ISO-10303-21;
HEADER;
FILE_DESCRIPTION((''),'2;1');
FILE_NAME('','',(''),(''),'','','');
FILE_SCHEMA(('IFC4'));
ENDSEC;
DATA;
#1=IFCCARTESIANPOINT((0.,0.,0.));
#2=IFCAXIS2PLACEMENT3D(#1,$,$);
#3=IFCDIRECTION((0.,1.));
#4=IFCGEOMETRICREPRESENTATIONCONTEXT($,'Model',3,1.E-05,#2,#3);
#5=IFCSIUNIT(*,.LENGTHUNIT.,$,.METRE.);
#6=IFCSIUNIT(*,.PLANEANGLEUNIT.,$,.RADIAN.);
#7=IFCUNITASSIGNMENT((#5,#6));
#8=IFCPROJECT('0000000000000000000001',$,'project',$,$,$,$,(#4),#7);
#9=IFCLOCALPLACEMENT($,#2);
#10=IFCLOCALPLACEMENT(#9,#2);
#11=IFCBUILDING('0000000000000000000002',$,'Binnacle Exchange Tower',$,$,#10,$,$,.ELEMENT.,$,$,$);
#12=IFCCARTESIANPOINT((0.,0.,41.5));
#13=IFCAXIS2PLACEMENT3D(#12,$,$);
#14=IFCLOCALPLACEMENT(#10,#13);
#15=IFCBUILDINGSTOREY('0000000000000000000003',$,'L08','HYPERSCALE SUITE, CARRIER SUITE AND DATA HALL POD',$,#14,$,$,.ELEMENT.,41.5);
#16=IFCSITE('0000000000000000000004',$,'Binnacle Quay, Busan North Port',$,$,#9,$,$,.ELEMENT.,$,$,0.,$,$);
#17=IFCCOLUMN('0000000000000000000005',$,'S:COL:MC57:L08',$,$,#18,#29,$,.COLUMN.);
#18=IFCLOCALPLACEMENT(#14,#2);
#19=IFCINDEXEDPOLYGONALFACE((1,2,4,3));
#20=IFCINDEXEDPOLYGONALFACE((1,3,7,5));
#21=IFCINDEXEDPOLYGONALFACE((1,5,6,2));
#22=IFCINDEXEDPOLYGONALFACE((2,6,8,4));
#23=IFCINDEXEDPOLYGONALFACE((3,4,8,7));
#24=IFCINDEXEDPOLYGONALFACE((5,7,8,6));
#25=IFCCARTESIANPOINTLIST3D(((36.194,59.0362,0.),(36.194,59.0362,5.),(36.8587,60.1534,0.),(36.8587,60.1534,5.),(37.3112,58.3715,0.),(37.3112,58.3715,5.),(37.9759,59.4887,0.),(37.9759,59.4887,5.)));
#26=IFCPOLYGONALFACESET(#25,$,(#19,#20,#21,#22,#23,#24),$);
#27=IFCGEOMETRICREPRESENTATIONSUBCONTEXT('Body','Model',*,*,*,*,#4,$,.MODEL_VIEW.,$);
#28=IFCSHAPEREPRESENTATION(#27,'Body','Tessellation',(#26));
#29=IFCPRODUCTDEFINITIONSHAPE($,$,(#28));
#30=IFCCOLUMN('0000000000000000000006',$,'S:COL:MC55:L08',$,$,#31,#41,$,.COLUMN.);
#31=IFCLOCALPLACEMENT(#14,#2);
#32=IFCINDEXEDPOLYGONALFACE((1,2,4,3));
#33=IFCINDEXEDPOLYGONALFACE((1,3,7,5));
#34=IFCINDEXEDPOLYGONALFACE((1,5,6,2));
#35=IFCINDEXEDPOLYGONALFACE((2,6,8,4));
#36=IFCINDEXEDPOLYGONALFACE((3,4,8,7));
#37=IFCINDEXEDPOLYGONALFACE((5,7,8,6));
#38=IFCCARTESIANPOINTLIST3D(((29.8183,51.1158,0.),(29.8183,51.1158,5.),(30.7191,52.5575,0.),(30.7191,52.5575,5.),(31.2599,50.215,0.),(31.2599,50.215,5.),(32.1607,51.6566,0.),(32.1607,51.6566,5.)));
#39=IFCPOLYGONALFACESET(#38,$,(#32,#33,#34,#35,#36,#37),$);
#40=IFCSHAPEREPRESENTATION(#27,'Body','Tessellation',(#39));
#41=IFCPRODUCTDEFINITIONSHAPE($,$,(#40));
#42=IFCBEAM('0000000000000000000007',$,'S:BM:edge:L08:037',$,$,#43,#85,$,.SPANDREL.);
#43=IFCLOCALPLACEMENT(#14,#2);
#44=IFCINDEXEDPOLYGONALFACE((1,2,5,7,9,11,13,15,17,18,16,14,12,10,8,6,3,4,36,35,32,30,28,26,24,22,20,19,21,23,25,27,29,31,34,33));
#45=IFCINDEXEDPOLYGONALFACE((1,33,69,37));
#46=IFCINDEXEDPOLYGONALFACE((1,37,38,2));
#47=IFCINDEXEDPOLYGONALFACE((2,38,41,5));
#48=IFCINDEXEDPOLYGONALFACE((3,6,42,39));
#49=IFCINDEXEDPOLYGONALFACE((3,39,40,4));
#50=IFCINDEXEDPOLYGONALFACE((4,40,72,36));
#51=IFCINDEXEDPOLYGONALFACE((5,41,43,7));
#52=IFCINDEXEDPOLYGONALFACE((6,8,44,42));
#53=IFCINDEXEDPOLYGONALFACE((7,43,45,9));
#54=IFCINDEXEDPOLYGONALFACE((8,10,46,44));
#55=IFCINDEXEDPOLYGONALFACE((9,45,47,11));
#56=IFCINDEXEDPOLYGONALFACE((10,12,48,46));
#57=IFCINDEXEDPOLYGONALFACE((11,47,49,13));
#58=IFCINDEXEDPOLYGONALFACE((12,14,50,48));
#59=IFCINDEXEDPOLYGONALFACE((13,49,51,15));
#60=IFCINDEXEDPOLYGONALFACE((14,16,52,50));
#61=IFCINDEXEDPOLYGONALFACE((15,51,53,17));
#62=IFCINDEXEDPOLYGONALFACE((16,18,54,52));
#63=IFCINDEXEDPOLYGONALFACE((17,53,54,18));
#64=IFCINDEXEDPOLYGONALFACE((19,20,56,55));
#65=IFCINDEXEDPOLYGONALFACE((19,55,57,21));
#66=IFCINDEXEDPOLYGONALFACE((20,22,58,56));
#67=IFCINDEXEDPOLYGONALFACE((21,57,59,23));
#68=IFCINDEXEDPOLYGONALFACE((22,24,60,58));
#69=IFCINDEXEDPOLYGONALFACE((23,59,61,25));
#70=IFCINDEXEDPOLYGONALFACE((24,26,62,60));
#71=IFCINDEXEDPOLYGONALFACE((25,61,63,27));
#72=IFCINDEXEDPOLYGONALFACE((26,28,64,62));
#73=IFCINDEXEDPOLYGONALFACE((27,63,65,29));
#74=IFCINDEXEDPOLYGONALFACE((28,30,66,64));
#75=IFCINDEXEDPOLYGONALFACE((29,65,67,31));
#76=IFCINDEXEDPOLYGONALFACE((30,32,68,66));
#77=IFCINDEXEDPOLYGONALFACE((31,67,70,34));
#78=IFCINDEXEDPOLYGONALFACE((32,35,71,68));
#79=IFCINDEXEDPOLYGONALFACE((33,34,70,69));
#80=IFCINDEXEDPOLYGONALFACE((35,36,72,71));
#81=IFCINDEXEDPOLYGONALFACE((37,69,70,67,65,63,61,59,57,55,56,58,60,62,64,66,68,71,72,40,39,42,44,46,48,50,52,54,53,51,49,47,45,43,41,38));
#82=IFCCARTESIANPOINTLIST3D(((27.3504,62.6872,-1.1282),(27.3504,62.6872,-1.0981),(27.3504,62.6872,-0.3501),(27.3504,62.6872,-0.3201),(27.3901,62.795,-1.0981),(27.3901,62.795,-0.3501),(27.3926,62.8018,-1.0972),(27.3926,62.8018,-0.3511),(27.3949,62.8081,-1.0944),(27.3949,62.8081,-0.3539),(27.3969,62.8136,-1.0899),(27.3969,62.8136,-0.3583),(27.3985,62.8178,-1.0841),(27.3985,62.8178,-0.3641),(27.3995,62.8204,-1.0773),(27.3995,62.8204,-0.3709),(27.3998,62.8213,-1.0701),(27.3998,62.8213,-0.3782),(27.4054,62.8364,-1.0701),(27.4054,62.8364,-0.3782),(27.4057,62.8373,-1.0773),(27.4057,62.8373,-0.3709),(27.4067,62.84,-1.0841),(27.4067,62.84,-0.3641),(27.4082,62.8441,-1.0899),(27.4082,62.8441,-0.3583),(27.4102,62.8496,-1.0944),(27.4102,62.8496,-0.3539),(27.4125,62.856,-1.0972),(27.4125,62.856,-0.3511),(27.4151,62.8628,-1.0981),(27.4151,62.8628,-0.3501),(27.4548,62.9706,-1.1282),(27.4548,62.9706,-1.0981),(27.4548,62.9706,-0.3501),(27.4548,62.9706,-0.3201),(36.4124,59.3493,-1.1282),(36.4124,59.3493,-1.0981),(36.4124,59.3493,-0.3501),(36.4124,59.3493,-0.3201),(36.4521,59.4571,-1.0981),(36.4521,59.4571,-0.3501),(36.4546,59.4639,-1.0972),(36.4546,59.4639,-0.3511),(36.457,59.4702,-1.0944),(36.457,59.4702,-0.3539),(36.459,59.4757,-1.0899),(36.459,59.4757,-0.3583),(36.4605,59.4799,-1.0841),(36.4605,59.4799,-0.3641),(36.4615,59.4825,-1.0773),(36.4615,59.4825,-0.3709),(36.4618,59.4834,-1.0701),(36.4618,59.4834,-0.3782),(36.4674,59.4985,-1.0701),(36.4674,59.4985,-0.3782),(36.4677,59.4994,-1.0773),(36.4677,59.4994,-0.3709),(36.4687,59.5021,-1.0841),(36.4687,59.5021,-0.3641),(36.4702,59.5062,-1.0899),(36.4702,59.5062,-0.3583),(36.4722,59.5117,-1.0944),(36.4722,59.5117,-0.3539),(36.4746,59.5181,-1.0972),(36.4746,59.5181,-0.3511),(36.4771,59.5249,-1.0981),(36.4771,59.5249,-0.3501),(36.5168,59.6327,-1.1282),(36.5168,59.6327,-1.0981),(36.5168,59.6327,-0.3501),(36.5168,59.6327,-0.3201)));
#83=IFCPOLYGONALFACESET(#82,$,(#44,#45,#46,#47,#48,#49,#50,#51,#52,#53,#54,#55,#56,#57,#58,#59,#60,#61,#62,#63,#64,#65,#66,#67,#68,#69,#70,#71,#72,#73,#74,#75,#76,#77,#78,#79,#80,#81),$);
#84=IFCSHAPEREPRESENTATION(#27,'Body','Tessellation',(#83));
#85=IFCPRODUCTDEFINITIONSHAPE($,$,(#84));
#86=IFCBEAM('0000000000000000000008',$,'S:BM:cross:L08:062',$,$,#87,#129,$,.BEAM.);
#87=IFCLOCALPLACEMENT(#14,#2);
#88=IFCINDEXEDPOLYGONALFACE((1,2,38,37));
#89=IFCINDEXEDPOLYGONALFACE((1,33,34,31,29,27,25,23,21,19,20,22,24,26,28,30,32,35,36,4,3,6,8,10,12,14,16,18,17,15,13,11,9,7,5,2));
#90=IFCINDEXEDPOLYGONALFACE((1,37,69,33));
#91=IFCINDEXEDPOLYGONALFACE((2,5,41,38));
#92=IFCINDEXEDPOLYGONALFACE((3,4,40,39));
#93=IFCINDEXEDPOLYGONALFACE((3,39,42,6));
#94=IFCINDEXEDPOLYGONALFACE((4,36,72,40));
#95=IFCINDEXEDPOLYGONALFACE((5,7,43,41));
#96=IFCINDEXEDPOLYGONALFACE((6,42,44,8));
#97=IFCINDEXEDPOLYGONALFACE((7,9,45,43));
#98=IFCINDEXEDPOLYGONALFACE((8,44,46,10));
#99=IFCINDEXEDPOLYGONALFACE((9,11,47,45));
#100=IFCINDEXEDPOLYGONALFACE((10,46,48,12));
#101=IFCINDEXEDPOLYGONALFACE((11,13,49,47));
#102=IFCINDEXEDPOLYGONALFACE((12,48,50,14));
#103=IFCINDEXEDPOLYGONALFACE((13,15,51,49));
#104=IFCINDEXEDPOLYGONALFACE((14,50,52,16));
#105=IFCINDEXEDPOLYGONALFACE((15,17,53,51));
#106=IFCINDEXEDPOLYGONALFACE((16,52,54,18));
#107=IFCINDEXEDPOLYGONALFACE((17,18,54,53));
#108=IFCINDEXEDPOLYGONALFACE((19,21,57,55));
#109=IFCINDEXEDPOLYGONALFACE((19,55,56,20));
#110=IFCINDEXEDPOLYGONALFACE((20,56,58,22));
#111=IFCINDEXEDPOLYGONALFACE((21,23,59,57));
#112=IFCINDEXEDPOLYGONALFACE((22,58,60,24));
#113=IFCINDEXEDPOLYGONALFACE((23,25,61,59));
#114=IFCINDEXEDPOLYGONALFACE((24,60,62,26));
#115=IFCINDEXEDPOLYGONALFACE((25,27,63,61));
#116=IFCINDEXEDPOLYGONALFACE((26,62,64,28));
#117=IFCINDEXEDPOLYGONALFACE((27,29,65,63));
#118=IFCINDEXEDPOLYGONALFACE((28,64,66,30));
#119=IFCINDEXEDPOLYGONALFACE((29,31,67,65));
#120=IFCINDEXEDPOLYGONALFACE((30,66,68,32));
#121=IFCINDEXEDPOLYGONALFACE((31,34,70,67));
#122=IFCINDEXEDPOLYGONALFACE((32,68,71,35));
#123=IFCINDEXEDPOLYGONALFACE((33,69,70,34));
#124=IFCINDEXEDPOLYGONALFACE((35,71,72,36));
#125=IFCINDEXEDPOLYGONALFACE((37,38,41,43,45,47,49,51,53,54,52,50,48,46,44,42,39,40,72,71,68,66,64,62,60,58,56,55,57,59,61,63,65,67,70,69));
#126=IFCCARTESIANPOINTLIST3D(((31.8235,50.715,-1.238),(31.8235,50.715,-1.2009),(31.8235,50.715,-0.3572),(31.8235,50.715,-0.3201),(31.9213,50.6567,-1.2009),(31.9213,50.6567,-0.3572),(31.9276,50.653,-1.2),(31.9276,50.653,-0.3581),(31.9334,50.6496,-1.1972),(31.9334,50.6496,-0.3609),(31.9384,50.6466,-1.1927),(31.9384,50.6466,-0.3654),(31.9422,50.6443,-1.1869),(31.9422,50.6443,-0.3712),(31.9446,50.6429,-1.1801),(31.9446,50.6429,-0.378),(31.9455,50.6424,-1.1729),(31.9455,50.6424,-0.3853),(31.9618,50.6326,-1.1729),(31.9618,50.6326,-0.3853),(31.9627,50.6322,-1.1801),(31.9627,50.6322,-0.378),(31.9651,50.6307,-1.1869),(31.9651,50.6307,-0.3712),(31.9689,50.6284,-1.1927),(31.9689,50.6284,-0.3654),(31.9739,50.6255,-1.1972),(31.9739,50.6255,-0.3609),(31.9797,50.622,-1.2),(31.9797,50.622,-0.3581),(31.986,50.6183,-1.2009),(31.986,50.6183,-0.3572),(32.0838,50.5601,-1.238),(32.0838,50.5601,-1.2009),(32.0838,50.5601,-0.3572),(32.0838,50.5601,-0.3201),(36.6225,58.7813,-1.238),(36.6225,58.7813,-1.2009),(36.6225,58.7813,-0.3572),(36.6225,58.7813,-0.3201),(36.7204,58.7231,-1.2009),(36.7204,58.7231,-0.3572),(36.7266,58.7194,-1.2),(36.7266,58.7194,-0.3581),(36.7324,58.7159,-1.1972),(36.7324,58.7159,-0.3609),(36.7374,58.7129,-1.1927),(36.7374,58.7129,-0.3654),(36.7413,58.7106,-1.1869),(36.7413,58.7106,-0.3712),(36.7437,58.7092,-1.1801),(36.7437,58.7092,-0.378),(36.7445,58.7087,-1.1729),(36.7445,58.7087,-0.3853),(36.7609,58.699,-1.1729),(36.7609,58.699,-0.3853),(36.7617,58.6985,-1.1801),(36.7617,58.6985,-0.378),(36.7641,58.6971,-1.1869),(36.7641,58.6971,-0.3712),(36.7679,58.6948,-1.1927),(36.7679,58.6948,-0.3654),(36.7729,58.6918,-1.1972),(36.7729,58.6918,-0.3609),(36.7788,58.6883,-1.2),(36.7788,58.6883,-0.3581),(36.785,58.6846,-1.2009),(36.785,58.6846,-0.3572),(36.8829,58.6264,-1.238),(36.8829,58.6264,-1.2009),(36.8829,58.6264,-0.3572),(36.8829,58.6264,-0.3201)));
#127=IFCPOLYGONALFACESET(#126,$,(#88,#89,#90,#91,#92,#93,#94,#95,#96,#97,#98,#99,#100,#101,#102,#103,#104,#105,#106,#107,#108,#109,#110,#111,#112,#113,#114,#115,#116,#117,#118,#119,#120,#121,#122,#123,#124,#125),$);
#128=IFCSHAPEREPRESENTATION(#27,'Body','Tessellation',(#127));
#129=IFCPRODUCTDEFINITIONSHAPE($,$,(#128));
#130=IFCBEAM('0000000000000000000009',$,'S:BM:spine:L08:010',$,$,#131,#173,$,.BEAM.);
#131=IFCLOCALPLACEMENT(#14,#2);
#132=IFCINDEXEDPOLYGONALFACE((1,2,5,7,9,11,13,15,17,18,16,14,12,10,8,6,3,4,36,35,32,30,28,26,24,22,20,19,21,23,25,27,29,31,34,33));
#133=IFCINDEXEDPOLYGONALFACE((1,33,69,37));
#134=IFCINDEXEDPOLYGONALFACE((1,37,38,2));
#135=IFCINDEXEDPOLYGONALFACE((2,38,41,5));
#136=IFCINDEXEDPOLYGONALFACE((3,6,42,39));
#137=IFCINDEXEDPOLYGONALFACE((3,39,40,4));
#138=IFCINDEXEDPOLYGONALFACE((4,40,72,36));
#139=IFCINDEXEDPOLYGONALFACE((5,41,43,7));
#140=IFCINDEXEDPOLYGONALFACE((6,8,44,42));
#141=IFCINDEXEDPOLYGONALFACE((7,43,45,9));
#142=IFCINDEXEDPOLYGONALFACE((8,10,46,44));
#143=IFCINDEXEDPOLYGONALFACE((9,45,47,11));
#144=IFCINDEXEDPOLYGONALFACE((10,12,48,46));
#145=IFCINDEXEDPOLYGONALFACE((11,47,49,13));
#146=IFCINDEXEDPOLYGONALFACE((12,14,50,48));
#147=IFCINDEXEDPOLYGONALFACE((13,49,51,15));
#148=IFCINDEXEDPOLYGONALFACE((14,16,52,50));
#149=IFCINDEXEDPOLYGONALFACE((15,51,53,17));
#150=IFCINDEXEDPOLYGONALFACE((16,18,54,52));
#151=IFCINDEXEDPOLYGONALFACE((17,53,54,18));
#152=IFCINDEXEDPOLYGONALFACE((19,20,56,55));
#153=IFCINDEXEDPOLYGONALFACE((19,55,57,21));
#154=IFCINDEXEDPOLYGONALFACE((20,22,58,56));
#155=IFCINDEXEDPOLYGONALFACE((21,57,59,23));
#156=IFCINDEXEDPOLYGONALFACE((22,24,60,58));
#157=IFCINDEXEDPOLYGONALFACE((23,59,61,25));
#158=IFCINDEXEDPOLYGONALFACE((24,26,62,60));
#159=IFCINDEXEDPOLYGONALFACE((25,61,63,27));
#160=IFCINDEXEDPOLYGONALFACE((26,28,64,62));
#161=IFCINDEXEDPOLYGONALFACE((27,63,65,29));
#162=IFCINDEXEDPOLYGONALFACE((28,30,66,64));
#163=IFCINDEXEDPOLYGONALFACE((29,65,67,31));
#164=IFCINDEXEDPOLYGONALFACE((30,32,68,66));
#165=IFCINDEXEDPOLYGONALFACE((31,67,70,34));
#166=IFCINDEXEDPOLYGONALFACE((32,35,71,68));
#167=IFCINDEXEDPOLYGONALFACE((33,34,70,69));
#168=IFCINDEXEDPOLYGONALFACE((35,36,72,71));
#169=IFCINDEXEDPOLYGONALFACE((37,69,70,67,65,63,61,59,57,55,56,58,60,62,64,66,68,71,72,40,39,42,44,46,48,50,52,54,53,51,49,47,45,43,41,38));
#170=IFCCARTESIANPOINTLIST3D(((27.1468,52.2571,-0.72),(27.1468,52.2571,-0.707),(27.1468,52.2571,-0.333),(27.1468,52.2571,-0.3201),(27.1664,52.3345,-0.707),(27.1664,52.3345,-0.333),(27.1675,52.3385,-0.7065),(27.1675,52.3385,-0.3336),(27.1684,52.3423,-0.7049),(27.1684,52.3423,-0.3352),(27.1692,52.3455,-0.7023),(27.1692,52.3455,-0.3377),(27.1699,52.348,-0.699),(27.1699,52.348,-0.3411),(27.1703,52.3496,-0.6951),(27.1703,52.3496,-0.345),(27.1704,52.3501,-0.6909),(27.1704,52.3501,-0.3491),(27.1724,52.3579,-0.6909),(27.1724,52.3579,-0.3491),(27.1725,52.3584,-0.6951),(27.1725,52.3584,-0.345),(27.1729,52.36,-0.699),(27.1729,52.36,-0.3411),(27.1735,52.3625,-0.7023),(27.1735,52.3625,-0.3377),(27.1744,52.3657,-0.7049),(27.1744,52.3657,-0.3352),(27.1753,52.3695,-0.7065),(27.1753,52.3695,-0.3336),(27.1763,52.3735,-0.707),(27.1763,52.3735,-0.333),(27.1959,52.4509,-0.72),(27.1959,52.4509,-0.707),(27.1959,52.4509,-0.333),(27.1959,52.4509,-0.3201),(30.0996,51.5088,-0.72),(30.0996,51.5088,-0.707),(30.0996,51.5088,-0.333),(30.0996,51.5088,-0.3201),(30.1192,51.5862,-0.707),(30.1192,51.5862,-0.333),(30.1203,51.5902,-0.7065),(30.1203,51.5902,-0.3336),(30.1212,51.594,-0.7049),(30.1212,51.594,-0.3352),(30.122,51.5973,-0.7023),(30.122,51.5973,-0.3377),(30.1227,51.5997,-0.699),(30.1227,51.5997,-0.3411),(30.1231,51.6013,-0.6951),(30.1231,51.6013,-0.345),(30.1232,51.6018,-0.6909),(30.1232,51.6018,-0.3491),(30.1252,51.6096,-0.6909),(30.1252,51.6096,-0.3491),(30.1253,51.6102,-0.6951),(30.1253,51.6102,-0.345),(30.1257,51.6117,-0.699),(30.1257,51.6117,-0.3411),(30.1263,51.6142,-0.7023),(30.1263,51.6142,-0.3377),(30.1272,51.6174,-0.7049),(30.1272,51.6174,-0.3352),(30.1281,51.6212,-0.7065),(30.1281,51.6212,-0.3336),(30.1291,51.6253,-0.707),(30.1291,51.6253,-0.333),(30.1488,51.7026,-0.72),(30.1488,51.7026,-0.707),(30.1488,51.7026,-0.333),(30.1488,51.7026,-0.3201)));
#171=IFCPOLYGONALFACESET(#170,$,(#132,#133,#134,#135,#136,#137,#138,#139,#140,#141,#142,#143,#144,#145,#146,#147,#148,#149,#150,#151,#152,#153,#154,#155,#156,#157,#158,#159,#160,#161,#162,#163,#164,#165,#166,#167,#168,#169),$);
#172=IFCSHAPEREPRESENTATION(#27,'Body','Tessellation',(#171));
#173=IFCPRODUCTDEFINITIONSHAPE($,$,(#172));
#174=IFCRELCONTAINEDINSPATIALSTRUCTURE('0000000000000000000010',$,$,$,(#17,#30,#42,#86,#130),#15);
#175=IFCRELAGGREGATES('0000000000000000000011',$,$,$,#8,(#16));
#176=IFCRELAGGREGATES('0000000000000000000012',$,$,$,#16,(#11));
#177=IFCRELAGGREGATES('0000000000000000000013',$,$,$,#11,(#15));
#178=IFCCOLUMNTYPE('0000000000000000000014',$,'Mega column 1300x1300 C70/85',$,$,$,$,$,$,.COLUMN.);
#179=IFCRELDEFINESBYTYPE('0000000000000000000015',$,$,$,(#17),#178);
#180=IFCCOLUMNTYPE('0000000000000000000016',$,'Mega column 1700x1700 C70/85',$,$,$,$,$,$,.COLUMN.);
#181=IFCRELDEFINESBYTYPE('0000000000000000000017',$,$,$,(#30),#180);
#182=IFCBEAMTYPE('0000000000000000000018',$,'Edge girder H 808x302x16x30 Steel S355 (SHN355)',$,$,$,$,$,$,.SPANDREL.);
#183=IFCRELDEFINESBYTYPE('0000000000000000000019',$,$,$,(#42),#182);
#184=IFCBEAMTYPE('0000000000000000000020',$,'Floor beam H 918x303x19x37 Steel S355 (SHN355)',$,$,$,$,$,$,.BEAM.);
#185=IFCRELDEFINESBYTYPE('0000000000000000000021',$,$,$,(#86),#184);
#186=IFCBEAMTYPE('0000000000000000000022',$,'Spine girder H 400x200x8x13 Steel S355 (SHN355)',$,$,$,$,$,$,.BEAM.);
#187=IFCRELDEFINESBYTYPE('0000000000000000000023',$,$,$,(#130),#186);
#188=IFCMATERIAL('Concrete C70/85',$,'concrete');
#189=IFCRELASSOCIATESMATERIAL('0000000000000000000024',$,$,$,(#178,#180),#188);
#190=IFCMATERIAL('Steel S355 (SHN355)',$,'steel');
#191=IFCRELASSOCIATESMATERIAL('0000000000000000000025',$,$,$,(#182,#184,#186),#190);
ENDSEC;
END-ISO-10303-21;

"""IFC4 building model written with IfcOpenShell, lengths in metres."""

from ifc_helpers import new_model, si_unit, direction, frame, origin, origin_2d, place, context, subcontext, project, spatial, rectangle, i_section, extrude, material, material_profile, profile_set, type_object, element, save


model = new_model("IFC4")

# Units and contexts
model_context = context("Model", 3, precision=1e-05, world=origin(), true_north=direction((0.0, 1.0)))
body_context = subcontext(model_context, "Body", "Model", "MODEL_VIEW")
ifc_project = project(units=[si_unit("LENGTHUNIT", "METRE"), si_unit("PLANEANGLEUNIT", "RADIAN")], contexts=[model_context])

# Site, building, storey
site_placement = place(None, origin())
site = spatial("IfcSite", under=ifc_project, at=site_placement, Name="Binnacle Quay, Busan North Port", CompositionType="ELEMENT", RefElevation=0.0)
building_placement = place(site_placement, origin())
building = spatial("IfcBuilding", under=site, at=building_placement, Name="Binnacle Exchange Tower", CompositionType="ELEMENT")
storey_placement = place(building_placement, frame((0.0, 0.0, 41.5)))
storey = spatial("IfcBuildingStorey", under=building, at=storey_placement, Name="L08", Description="HYPERSCALE SUITE, CARRIER SUITE AND DATA HALL POD", CompositionType="ELEMENT", Elevation=41.5)

# Columns
ifc_material_1 = material(Name="Concrete C70/85", Category="concrete")
ifc_material_profile_1 = material_profile(ifc_material_1, rectangle(XDim=1.3, YDim=1.3, at=origin_2d()), Name="Mega column 1300x1300 C70/85")
ifc_profile_set_1 = profile_set([ifc_material_profile_1], Name="Concrete C70/85")
column_type_1 = type_object("IfcColumnType", Name="Mega column 1300x1300 C70/85", PredefinedType="COLUMN", material=ifc_profile_set_1)
column_1_placement = place(storey_placement, frame((37.085, 59.2625, 0.0), z_axis=(0.0, 0.0, 1.0), x_axis=(-0.859406, 0.511293, 0.0)))
element("IfcColumn", 1, at=column_1_placement, inside=storey, type_object=column_type_1, Name="S:COL:MC57:L08", PredefinedType="COLUMN", context=body_context, shape_type="SweptSolid", body=[
    extrude(rectangle(XDim=1.3, YDim=1.3, at=origin_2d()), origin(), (0.0, 0.0, 1.0), 5.0),
])
ifc_material_profile_2 = material_profile(ifc_material_1, rectangle(XDim=1.7, YDim=1.7, at=origin_2d()), Name="Mega column 1700x1700 C70/85")
ifc_profile_set_2 = profile_set([ifc_material_profile_2], Name="Concrete C70/85")
column_type_2 = type_object("IfcColumnType", Name="Mega column 1700x1700 C70/85", PredefinedType="COLUMN", material=ifc_profile_set_2)
column_2_placement = place(storey_placement, frame((30.9895, 51.3862, 0.0), z_axis=(0.0, 0.0, 1.0), x_axis=(0.529919, 0.848048, 0.0)))
element("IfcColumn", 2, at=column_2_placement, inside=storey, type_object=column_type_2, Name="S:COL:MC55:L08", PredefinedType="COLUMN", context=body_context, shape_type="SweptSolid", body=[
    extrude(rectangle(XDim=1.7, YDim=1.7, at=origin_2d()), origin(), (0.0, 0.0, 1.0), 5.0),
])

# Beams
ifc_material_2 = material(Name="Steel S355 (SHN355)", Category="steel")
ifc_material_profile_3 = material_profile(ifc_material_2, i_section(OverallWidth=0.302, OverallDepth=0.8081, WebThickness=0.0161, FlangeThickness=0.03, FilletRadius=0.0281, at=origin_2d()), Name="H 808x302x16x30")
ifc_profile_set_3 = profile_set([ifc_material_profile_3], Name="Steel S355 (SHN355)")
beam_type_1 = type_object("IfcBeamType", Name="Edge girder H 808x302x16x30 Steel S355 (SHN355)", PredefinedType="SPANDREL", material=ifc_profile_set_3)
beam_1_placement = place(storey_placement, frame((36.4646, 59.491, -0.7241), z_axis=(-0.938368, 0.345637, 0.0), x_axis=(-0.345637, -0.938368, 0.0)))
element("IfcBeam", 3, at=beam_1_placement, inside=storey, type_object=beam_type_1, Name="S:BM:edge:L08:037", PredefinedType="SPANDREL", context=body_context, shape_type="SweptSolid", body=[
    extrude(i_section(OverallWidth=0.302, OverallDepth=0.8081, WebThickness=0.0161, FlangeThickness=0.03, FilletRadius=0.0281, at=origin_2d()), origin(), (0.0, 0.0, 1.0), 9.6572),
])
ifc_material_profile_4 = material_profile(ifc_material_2, i_section(OverallWidth=0.303, OverallDepth=0.918, WebThickness=0.019, FlangeThickness=0.0371, FilletRadius=0.0281, at=origin_2d()), Name="H 918x303x19x37")
ifc_profile_set_4 = profile_set([ifc_material_profile_4], Name="Steel S355 (SHN355)")
beam_type_2 = type_object("IfcBeamType", Name="Floor beam H 918x303x19x37 Steel S355 (SHN355)", PredefinedType="BEAM", material=ifc_profile_set_4)
beam_2_placement = place(storey_placement, frame((36.7527, 58.7039, -0.7791), z_axis=(-0.511298, -0.859403, 0.0), x_axis=(0.859403, -0.511298, 0.0)))
element("IfcBeam", 4, at=beam_2_placement, inside=storey, type_object=beam_type_2, Name="S:BM:cross:L08:062", PredefinedType="BEAM", context=body_context, shape_type="SweptSolid", body=[
    extrude(i_section(OverallWidth=0.303, OverallDepth=0.918, WebThickness=0.019, FlangeThickness=0.0371, FilletRadius=0.0281, at=origin_2d()), origin(), (0.0, 0.0, 1.0), 9.386),
])
ifc_material_profile_5 = material_profile(ifc_material_2, i_section(OverallWidth=0.2, OverallDepth=0.3999, WebThickness=0.0081, FlangeThickness=0.0129, FilletRadius=0.0161, at=origin_2d()), Name="H 400x200x8x13")
ifc_profile_set_5 = profile_set([ifc_material_profile_5], Name="Steel S355 (SHN355)")
beam_type_3 = type_object("IfcBeamType", Name="Spine girder H 400x200x8x13 Steel S355 (SHN355)", PredefinedType="BEAM", material=ifc_profile_set_5)
beam_3_placement = place(storey_placement, frame((27.1714, 52.354, -0.52), z_axis=(0.96936, -0.245646, 0.0), x_axis=(0.245646, 0.96936, 0.0)))
element("IfcBeam", 5, at=beam_3_placement, inside=storey, type_object=beam_type_3, Name="S:BM:spine:L08:010", PredefinedType="BEAM", context=body_context, shape_type="SweptSolid", body=[
    extrude(i_section(OverallWidth=0.2, OverallDepth=0.3999, WebThickness=0.0081, FlangeThickness=0.0129, FilletRadius=0.0161, at=origin_2d()), origin(), (0.0, 0.0, 1.0), 3.0461),
])

save(model, "model.ifc")
